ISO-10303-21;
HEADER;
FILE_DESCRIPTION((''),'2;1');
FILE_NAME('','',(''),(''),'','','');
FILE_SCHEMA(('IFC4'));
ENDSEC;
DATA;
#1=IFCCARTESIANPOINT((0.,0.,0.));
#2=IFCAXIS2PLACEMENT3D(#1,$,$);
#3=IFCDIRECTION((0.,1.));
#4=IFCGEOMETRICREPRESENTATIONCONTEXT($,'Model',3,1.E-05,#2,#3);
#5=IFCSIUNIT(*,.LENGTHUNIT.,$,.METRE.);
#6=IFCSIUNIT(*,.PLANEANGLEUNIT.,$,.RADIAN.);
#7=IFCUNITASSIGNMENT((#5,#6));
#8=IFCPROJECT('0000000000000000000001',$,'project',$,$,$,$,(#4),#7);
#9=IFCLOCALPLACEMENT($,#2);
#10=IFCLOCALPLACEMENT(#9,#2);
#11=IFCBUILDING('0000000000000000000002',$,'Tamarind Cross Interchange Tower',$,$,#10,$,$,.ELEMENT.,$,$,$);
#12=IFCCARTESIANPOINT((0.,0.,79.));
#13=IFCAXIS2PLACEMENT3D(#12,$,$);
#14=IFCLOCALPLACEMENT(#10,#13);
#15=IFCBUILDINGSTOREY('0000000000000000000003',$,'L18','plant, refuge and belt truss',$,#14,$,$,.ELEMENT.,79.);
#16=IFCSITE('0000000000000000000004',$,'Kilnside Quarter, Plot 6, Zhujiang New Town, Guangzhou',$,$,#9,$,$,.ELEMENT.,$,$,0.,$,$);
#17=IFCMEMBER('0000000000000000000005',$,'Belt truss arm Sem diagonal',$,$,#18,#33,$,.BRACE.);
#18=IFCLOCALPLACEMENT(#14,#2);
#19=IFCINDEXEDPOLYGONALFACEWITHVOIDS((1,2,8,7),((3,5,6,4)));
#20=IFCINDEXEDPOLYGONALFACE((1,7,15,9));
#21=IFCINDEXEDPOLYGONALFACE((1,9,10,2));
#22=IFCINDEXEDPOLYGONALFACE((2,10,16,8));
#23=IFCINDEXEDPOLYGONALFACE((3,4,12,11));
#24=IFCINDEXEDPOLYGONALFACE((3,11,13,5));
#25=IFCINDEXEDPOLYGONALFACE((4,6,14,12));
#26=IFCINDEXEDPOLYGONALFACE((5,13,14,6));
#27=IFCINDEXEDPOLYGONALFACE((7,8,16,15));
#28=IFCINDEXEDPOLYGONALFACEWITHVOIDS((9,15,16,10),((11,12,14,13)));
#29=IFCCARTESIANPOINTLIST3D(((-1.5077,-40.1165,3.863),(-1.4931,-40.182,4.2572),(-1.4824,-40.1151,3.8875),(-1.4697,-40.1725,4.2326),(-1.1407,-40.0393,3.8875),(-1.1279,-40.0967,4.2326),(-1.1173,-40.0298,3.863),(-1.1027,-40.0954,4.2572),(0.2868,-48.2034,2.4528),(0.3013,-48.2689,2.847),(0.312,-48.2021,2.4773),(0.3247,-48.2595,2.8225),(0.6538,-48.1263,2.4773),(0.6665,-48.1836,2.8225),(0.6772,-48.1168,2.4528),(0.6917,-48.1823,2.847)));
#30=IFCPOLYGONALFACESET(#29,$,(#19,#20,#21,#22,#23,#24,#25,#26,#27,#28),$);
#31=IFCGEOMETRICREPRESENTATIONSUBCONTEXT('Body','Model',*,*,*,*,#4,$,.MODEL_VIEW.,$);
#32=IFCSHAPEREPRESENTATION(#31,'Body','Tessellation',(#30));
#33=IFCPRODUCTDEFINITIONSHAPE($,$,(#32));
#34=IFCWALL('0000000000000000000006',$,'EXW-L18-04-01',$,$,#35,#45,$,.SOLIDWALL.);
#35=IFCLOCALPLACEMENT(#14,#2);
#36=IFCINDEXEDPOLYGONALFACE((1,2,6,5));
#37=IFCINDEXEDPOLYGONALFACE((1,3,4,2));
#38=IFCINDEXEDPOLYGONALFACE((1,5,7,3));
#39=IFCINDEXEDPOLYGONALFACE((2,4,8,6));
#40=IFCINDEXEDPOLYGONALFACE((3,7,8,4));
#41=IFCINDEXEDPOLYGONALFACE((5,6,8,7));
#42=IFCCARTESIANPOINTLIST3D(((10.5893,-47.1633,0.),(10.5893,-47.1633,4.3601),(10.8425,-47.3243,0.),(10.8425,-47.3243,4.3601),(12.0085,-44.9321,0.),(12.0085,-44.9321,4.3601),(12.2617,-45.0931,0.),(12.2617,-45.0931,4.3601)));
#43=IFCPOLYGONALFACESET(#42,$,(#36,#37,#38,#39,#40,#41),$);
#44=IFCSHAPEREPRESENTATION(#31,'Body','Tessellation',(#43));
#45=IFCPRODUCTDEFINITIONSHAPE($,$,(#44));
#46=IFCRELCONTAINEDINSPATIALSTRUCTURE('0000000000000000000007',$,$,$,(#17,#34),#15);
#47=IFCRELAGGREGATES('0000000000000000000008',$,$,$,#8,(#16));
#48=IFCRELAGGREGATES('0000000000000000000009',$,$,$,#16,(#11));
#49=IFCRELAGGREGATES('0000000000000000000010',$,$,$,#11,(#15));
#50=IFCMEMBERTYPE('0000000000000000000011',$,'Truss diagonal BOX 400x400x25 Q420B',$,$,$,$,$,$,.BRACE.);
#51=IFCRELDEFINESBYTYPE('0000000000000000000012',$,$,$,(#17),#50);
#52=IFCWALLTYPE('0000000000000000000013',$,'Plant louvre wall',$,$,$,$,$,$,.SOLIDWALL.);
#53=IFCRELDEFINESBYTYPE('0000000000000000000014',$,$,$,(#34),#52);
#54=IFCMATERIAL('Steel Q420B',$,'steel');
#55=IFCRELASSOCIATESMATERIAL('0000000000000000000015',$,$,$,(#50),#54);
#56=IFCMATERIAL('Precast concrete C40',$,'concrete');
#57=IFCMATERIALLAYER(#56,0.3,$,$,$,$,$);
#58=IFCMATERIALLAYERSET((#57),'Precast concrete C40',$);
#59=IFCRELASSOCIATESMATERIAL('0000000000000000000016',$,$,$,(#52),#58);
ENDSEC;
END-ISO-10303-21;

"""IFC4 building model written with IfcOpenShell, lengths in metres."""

from ifc_helpers import new_model, si_unit, direction, frame, frame_2d, origin, origin_2d, place, context, subcontext, project, spatial, rectangle, hollow_rectangle, extrude, material, layer, layer_set, material_profile, profile_set, type_object, element, save


model = new_model("IFC4")

# Units and contexts
model_context = context("Model", 3, precision=1e-05, world=origin(), true_north=direction((0.0, 1.0)))
body_context = subcontext(model_context, "Body", "Model", "MODEL_VIEW")
ifc_project = project(units=[si_unit("LENGTHUNIT", "METRE"), si_unit("PLANEANGLEUNIT", "RADIAN")], contexts=[model_context])

# Site, building, storey
site_placement = place(None, origin())
site = spatial("IfcSite", under=ifc_project, at=site_placement, Name="Kilnside Quarter, Plot 6, Zhujiang New Town, Guangzhou", CompositionType="ELEMENT", RefElevation=0.0)
building_placement = place(site_placement, origin())
building = spatial("IfcBuilding", under=site, at=building_placement, Name="Tamarind Cross Interchange Tower", CompositionType="ELEMENT")
storey_placement = place(building_placement, frame((0.0, 0.0, 79.0)))
storey = spatial("IfcBuildingStorey", under=building, at=storey_placement, Name="L18", Description="plant, refuge and belt truss", CompositionType="ELEMENT", Elevation=79.0)

# Member
ifc_material_1 = material(Name="Steel Q420B", Category="steel")
ifc_material_profile_1 = material_profile(ifc_material_1, hollow_rectangle(XDim=0.3999, YDim=0.3999, WallThickness=0.0249, at=origin_2d()), Name="BOX 400x400x25")
ifc_profile_set_1 = profile_set([ifc_material_profile_1], Name="Steel Q420B")
member_type_1 = type_object("IfcMemberType", Name="Truss diagonal BOX 400x400x25 Q420B", PredefinedType="BRACE", material=ifc_profile_set_1)
member_1_placement = place(storey_placement, frame((0.4893, -48.1929, 2.6499), z_axis=(-0.213552, 0.962409, 0.16782), x_axis=(-0.976255, -0.216625, 0.0)))
element("IfcMember", 1, at=member_1_placement, inside=storey, type_object=member_type_1, Name="Belt truss arm Sem diagonal", PredefinedType="BRACE", context=body_context, shape_type="SweptSolid", body=[
    extrude(hollow_rectangle(XDim=0.3999, YDim=0.3999, WallThickness=0.0249, at=origin_2d()), origin(), (0.0, 0.0, 1.0), 8.4028),
])

# Shared definitions
ifc_material_2 = material(Name="Precast concrete C40", Category="concrete")
ifc_layer = layer(ifc_material_2, 0.3)
ifc_layer_set = layer_set([ifc_layer], Name="Precast concrete C40")
wall_type = type_object("IfcWallType", Name="Plant louvre wall", PredefinedType="SOLIDWALL", material=ifc_layer_set)

# Wall
wall_1_placement = place(storey_placement, frame((10.7158, -47.2439, 0.0), z_axis=(0.0, 0.0, 1.0), x_axis=(0.536696, 0.843776, 0.0)))
element("IfcWall", 2, at=wall_1_placement, inside=storey, type_object=wall_type, Name="EXW-L18-04-01", PredefinedType="SOLIDWALL", context=body_context, shape_type="SweptSolid", body=[
    extrude(rectangle(XDim=2.6443, YDim=0.3, at=frame_2d((1.3223, 0.0))), origin(), (0.0, 0.0, 1.0), 4.3601),
])

save(model, "model.ifc")
